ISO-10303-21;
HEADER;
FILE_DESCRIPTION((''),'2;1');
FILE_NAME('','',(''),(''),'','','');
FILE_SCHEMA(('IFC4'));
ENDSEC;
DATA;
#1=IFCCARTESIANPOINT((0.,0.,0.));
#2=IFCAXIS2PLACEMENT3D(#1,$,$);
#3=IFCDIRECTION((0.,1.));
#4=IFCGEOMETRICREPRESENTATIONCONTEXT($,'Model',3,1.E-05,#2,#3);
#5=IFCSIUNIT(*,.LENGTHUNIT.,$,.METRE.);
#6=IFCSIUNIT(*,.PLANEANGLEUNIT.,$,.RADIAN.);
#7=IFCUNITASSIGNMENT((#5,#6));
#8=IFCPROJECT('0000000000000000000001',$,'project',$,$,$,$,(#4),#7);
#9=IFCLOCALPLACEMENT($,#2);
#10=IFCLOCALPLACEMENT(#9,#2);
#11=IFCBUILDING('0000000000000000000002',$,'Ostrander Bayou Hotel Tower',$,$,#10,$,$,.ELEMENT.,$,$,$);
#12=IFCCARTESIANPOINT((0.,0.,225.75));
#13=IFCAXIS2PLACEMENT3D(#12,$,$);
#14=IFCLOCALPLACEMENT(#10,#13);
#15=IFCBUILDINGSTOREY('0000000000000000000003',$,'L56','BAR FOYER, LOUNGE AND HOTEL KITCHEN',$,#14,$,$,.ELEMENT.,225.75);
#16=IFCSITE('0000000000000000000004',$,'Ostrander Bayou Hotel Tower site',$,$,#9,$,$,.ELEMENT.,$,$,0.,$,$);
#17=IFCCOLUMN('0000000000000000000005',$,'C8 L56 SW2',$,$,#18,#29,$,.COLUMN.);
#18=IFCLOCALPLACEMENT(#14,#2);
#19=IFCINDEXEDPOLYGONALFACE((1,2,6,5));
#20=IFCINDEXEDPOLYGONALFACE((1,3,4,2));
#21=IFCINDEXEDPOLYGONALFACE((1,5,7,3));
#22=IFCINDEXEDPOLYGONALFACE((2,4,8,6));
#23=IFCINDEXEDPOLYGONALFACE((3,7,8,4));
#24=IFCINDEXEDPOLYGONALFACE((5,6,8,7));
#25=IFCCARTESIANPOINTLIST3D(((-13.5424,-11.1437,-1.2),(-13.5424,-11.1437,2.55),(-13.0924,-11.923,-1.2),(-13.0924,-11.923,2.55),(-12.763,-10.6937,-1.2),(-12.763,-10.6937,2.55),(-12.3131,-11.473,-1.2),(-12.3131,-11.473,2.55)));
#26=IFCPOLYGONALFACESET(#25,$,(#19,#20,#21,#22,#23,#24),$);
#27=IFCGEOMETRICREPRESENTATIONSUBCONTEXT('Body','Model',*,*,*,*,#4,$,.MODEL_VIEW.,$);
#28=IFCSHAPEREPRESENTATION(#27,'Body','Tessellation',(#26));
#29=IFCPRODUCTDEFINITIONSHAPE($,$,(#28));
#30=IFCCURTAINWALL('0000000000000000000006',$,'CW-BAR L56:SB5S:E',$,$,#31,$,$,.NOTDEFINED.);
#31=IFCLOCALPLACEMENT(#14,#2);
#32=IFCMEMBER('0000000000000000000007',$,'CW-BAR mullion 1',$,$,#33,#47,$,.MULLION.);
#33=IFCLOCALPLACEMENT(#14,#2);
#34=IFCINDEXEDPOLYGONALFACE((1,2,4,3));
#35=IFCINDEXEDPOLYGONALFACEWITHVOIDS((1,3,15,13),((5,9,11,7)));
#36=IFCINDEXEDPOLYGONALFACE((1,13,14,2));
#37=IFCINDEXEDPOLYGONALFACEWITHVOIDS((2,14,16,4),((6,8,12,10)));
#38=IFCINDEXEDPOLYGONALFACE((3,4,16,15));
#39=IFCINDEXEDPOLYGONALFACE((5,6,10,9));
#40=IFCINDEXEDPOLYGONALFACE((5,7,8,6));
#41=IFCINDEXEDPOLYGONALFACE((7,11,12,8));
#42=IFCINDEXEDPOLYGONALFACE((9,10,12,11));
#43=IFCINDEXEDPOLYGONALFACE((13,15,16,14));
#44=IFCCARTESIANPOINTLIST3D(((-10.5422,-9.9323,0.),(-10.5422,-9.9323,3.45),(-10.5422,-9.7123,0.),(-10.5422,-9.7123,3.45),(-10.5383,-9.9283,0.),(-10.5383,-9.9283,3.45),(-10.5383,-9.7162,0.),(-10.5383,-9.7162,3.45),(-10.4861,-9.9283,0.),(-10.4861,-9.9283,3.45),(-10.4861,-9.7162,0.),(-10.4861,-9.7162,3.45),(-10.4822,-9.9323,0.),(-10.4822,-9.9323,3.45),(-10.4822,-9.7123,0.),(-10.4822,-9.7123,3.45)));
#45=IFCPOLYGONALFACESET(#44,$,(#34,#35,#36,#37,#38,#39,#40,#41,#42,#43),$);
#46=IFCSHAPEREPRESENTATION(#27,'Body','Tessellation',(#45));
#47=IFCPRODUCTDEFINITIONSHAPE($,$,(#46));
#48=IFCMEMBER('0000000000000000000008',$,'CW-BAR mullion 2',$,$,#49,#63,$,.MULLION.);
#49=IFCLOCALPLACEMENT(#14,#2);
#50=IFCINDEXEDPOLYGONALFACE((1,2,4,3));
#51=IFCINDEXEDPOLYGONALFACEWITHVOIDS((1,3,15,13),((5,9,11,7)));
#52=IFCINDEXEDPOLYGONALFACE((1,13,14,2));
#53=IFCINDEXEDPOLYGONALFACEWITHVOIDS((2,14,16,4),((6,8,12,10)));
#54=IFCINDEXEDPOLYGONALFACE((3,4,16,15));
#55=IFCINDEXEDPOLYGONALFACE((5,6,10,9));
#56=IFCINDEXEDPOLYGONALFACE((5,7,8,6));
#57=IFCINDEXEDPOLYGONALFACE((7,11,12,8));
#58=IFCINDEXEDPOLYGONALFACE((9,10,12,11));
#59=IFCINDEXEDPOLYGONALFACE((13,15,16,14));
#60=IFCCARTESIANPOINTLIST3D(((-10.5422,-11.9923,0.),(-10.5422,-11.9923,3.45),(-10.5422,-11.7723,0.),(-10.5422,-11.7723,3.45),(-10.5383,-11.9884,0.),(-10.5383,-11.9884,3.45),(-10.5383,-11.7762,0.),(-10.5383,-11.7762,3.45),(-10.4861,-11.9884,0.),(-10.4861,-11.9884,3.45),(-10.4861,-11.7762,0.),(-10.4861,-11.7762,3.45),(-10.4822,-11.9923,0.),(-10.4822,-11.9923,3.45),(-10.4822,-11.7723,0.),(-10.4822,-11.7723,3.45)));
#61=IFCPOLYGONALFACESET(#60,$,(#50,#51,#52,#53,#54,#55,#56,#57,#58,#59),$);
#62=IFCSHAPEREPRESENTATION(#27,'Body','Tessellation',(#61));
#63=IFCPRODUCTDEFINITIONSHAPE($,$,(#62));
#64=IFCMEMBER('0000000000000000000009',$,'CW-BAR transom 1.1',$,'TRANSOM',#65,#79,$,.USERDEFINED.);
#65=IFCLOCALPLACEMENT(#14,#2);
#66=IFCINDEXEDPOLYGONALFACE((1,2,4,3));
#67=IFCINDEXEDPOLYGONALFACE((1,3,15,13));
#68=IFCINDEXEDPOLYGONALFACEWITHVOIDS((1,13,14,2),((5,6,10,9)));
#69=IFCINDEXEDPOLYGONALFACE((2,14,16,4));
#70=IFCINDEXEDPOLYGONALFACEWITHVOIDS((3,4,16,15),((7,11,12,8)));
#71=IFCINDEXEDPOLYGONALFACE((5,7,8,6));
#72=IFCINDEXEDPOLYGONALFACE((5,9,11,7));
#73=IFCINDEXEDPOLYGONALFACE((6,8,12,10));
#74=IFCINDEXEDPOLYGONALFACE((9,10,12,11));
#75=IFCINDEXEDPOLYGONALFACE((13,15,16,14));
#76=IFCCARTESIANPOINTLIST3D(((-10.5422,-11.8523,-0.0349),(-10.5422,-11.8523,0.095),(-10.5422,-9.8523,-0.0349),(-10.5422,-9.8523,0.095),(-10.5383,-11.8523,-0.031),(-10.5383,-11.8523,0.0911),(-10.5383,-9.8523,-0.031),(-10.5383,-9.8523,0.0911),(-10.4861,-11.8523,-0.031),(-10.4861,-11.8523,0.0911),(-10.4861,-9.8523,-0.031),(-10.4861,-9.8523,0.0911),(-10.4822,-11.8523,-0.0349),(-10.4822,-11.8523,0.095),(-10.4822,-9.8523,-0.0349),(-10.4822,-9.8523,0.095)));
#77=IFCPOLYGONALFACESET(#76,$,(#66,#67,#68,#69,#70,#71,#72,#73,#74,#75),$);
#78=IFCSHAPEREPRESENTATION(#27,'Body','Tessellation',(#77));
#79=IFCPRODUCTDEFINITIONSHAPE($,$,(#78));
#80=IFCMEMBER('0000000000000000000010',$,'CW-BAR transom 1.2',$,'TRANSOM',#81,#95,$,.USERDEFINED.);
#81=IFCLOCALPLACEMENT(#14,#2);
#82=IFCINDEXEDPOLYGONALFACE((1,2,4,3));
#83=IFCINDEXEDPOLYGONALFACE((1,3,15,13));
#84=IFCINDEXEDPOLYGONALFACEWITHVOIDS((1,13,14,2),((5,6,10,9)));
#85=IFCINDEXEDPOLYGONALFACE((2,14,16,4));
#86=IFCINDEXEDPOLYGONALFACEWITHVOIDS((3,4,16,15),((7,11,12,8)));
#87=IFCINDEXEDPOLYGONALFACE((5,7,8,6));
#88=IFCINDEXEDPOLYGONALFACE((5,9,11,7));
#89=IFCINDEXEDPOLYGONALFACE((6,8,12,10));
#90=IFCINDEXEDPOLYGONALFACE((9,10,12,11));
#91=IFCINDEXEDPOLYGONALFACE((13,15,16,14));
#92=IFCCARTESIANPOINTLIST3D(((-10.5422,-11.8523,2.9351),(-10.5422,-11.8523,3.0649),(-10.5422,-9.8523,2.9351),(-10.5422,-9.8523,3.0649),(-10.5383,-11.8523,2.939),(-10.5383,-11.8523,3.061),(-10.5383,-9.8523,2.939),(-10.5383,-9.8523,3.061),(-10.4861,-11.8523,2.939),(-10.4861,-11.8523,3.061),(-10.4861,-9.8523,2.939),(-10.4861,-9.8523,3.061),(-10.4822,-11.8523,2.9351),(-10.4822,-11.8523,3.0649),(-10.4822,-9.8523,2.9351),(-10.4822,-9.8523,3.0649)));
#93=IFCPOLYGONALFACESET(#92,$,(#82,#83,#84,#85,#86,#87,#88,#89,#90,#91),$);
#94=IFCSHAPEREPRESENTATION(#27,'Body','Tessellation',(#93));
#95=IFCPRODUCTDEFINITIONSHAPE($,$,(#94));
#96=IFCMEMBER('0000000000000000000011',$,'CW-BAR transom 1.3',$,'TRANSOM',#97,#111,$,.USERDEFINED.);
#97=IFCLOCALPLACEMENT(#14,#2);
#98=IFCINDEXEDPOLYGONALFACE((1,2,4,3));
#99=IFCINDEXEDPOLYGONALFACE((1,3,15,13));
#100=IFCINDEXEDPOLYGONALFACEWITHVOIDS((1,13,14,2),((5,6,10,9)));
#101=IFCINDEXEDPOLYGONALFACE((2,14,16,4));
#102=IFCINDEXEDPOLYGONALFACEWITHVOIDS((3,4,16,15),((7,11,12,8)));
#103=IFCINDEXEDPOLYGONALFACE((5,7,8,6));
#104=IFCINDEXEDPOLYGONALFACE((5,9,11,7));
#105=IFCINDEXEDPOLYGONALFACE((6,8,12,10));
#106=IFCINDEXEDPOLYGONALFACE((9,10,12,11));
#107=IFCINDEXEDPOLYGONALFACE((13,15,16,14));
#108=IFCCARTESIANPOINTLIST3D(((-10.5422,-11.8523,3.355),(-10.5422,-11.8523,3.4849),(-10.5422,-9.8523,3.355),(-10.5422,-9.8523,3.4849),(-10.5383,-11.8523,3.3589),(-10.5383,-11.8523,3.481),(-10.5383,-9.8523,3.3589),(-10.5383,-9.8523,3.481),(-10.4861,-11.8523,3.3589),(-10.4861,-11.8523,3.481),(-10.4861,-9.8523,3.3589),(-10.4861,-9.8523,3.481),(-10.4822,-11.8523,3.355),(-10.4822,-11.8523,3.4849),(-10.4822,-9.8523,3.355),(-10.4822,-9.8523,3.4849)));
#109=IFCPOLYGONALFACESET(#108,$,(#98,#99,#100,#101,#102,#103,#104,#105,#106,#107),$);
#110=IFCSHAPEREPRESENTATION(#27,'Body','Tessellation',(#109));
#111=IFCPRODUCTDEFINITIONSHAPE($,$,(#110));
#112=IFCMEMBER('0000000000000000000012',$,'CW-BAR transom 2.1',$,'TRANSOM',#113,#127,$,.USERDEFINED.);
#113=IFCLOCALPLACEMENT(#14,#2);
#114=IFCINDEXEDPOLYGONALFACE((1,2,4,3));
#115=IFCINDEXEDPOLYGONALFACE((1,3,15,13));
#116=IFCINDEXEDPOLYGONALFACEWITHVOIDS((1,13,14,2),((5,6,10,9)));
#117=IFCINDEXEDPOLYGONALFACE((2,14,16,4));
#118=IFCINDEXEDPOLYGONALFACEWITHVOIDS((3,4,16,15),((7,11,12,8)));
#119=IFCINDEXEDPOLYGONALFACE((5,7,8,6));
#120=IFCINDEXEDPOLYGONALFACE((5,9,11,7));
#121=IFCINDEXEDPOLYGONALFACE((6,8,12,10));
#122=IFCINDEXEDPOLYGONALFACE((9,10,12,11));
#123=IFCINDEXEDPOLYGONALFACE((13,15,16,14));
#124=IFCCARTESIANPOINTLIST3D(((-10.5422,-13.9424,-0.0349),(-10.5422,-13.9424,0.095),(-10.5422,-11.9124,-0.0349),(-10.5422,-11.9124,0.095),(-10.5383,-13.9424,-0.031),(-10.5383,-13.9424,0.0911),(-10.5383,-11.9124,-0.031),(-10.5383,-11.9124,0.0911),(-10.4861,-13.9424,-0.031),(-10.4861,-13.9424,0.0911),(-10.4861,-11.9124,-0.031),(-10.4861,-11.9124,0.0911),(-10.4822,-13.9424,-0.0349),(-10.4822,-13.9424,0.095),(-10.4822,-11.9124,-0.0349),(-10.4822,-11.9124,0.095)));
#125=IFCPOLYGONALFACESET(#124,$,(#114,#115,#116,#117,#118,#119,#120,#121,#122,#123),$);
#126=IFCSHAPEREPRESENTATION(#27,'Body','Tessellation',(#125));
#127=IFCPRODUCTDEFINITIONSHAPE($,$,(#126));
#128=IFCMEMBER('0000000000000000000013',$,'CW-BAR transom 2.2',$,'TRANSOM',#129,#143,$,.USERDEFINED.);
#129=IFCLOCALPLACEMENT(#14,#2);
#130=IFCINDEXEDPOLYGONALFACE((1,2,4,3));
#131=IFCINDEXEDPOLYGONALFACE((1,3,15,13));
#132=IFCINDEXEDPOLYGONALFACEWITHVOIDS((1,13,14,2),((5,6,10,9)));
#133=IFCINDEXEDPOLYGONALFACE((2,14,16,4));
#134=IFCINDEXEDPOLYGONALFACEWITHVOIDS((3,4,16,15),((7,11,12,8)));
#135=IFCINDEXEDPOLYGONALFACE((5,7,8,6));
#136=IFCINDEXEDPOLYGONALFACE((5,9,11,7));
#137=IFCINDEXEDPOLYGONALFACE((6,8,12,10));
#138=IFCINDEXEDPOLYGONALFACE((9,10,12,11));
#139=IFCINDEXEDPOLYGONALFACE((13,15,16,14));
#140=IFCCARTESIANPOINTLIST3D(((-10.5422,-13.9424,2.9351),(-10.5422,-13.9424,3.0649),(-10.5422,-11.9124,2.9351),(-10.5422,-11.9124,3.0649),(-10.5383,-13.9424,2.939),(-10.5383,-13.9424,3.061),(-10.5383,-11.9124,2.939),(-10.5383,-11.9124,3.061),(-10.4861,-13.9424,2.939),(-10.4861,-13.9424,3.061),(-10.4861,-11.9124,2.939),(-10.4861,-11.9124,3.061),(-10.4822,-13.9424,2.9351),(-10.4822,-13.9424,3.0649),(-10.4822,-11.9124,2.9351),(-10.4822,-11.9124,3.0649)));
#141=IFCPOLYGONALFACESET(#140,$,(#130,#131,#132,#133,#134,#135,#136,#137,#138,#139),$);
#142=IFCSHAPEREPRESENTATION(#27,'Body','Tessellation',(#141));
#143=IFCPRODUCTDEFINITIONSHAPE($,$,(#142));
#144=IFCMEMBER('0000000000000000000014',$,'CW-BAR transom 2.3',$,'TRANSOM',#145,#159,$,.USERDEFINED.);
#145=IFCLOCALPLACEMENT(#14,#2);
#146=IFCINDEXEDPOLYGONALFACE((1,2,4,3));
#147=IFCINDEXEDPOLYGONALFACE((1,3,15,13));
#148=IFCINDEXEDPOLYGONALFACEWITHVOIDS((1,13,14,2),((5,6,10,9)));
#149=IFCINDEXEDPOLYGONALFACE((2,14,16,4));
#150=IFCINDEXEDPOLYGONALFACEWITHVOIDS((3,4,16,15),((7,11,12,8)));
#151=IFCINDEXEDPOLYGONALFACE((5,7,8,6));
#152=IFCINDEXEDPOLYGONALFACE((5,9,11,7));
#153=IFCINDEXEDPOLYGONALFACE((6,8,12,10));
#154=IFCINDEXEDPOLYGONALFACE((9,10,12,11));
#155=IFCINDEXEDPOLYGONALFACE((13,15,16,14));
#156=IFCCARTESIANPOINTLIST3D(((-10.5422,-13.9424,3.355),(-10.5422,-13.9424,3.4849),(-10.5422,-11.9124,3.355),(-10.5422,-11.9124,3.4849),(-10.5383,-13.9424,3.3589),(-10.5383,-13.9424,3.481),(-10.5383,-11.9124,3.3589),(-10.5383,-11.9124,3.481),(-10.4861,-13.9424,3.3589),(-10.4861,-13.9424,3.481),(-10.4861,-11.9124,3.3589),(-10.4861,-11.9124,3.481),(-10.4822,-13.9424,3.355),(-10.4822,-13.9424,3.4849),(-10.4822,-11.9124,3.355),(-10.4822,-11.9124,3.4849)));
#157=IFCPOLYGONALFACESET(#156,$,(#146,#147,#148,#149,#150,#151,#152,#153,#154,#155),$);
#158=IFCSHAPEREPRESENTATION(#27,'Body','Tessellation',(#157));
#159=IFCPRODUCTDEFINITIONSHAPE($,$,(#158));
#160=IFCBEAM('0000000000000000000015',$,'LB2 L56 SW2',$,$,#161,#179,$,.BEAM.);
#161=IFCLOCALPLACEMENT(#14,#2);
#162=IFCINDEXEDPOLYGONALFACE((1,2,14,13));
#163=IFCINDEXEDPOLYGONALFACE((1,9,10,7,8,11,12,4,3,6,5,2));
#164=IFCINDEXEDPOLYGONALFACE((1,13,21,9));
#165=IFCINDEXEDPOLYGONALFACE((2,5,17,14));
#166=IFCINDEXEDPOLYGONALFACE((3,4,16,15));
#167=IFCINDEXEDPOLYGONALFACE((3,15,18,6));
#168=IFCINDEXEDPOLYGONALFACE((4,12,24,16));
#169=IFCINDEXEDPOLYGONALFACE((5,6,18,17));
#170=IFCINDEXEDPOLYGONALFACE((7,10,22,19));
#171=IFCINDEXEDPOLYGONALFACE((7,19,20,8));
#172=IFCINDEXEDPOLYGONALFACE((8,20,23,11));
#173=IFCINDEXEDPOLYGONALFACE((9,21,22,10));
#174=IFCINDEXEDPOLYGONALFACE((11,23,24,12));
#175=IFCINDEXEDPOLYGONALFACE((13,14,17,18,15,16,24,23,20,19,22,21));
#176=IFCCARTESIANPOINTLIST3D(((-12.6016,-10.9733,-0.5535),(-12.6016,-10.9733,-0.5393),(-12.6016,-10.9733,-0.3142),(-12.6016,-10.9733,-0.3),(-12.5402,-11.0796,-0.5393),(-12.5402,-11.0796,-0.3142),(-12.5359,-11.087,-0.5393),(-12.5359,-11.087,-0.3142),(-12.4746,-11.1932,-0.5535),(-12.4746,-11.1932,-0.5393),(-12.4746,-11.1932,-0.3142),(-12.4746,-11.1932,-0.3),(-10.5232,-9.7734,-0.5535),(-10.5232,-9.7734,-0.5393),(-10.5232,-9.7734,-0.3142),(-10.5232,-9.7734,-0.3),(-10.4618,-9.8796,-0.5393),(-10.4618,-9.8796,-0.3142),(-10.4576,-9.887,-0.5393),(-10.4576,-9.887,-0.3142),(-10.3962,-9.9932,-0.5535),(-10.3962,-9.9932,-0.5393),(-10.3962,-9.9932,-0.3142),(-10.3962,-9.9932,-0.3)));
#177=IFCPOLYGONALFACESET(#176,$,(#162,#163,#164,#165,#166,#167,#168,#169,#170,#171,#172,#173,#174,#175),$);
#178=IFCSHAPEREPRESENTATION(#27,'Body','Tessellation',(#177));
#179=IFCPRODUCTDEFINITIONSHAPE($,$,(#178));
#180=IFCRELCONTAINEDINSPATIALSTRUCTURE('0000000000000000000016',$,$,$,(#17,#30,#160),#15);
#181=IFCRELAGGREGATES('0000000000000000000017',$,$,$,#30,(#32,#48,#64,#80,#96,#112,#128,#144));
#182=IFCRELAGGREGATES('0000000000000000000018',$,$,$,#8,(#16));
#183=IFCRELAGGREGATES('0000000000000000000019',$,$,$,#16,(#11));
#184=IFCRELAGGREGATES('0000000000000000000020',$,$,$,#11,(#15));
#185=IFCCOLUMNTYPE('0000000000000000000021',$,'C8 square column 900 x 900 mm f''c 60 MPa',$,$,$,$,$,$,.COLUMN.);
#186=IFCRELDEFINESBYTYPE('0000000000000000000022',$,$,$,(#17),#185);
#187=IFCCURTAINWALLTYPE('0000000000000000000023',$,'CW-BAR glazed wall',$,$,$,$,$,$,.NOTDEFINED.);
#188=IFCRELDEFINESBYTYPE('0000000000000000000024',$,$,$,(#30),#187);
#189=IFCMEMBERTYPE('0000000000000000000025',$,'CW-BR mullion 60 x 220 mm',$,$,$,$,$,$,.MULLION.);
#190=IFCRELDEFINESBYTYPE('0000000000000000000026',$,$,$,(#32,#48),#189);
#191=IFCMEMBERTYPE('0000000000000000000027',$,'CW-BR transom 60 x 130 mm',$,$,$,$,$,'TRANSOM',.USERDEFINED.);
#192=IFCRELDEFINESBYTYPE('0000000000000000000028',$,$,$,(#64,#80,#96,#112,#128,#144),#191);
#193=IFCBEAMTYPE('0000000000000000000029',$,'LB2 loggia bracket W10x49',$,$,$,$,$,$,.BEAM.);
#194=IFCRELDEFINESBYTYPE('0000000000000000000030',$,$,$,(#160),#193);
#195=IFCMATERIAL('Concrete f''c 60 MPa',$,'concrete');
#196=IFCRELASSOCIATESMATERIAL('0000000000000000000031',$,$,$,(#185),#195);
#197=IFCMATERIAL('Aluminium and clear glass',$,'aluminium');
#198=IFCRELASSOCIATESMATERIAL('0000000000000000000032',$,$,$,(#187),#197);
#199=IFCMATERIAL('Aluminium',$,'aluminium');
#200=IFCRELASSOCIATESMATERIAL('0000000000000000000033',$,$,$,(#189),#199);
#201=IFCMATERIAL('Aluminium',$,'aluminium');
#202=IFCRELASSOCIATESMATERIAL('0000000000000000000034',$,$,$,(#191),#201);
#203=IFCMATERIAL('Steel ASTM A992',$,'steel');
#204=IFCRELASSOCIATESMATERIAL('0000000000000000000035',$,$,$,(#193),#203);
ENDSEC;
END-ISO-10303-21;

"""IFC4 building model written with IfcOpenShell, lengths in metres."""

from ifc_helpers import new_model, si_unit, direction, frame, origin, origin_2d, place, context, subcontext, project, spatial, rectangle, hollow_rectangle, i_section, extrude, material, material_profile, profile_set, type_object, element, aggregate, save


model = new_model("IFC4")

# Units and contexts
model_context = context("Model", 3, precision=1e-05, world=origin(), true_north=direction((0.0, 1.0)))
body_context = subcontext(model_context, "Body", "Model", "MODEL_VIEW")
ifc_project = project(units=[si_unit("LENGTHUNIT", "METRE"), si_unit("PLANEANGLEUNIT", "RADIAN")], contexts=[model_context])

# Site, building, storey
site_placement = place(None, origin())
site = spatial("IfcSite", under=ifc_project, at=site_placement, Name="Ostrander Bayou Hotel Tower site", CompositionType="ELEMENT", RefElevation=0.0)
building_placement = place(site_placement, origin())
building = spatial("IfcBuilding", under=site, at=building_placement, Name="Ostrander Bayou Hotel Tower", CompositionType="ELEMENT")
storey_placement = place(building_placement, frame((0.0, 0.0, 225.75)))
storey = spatial("IfcBuildingStorey", under=building, at=storey_placement, Name="L56", Description="BAR FOYER, LOUNGE AND HOTEL KITCHEN", CompositionType="ELEMENT", Elevation=225.75)

# Column
ifc_material_1 = material(Name="Concrete f'c 60 MPa", Category="concrete")
ifc_material_profile_1 = material_profile(ifc_material_1, rectangle(XDim=0.8999, YDim=0.8999, at=origin_2d()))
ifc_profile_set_1 = profile_set([ifc_material_profile_1], Name="Concrete f'c 60 MPa")
column_type = type_object("IfcColumnType", Name="C8 square column 900 x 900 mm f'c 60 MPa", PredefinedType="COLUMN", material=ifc_profile_set_1)
column_placement = place(storey_placement, frame((-12.9277, -11.3083, -1.2), z_axis=(0.0, 0.0, 1.0), x_axis=(-0.5, 0.866025, 0.0)))
element("IfcColumn", 1, at=column_placement, inside=storey, type_object=column_type, Name="C8 L56 SW2", PredefinedType="COLUMN", context=body_context, shape_type="SweptSolid", body=[
    extrude(rectangle(XDim=0.8999, YDim=0.8999, at=origin_2d()), origin(), (0.0, 0.0, 1.0), 3.75),
])

# Curtain wall, members
ifc_material_2 = material(Name="Aluminium and clear glass", Category="aluminium")
curtain_wall_type_1 = type_object("IfcCurtainWallType", Name="CW-BAR glazed wall", PredefinedType="NOTDEFINED", material=ifc_material_2)
curtain_wall_1_placement = place(storey_placement, origin())
curtain_wall_1 = element("IfcCurtainWall", 2, at=curtain_wall_1_placement, inside=storey, type_object=curtain_wall_type_1, Name="CW-BAR L56:SB5S:E", PredefinedType="NOTDEFINED")
ifc_material_3 = material(Name="Aluminium", Category="aluminium")
ifc_material_profile_2 = material_profile(ifc_material_3, hollow_rectangle(XDim=0.0601, YDim=0.22, WallThickness=0.0039, at=origin_2d()))
ifc_profile_set_2 = profile_set([ifc_material_profile_2], Name="Aluminium")
member_type_1 = type_object("IfcMemberType", Name="CW-BR mullion 60 x 220 mm", PredefinedType="MULLION", material=ifc_profile_set_2)
member_1_placement = place(storey_placement, frame((-10.5122, -9.8223, 0.0), z_axis=(0.0, 0.0, 1.0), x_axis=(1.0, 0.0, 0.0)))
member_1 = element("IfcMember", 3, at=member_1_placement, type_object=member_type_1, Name="CW-BAR mullion 1", PredefinedType="MULLION", context=body_context, shape_type="SweptSolid", body=[
    extrude(hollow_rectangle(XDim=0.0601, YDim=0.22, WallThickness=0.0039, at=origin_2d()), origin(), (0.0, 0.0, 1.0), 3.45),
])
member_2_placement = place(storey_placement, frame((-10.5122, -11.8823, 0.0), z_axis=(0.0, 0.0, 1.0), x_axis=(1.0, 0.0, 0.0)))
member_2 = element("IfcMember", 4, at=member_2_placement, type_object=member_type_1, Name="CW-BAR mullion 2", PredefinedType="MULLION", context=body_context, shape_type="SweptSolid", body=[
    extrude(hollow_rectangle(XDim=0.0601, YDim=0.22, WallThickness=0.0039, at=origin_2d()), origin(), (0.0, 0.0, 1.0), 3.45),
])
ifc_material_4 = material(Name="Aluminium", Category="aluminium")
ifc_material_profile_3 = material_profile(ifc_material_4, hollow_rectangle(XDim=0.0601, YDim=0.1299, WallThickness=0.0039, at=origin_2d()))
ifc_profile_set_3 = profile_set([ifc_material_profile_3], Name="Aluminium")
member_type_2 = type_object("IfcMemberType", Name="CW-BR transom 60 x 130 mm", ElementType="TRANSOM", PredefinedType="USERDEFINED", material=ifc_profile_set_3)
member_3_placement = place(storey_placement, frame((-10.5122, -9.8523, 0.03), z_axis=(0.0, -1.0, 0.0), x_axis=(1.0, 0.0, 0.0)))
member_3 = element("IfcMember", 5, at=member_3_placement, type_object=member_type_2, Name="CW-BAR transom 1.1", ObjectType="TRANSOM", PredefinedType="USERDEFINED", context=body_context, shape_type="SweptSolid", body=[
    extrude(hollow_rectangle(XDim=0.0601, YDim=0.1299, WallThickness=0.0039, at=origin_2d()), origin(), (0.0, 0.0, 1.0), 2.0),
])
member_4_placement = place(storey_placement, frame((-10.5122, -9.8523, 3.0), z_axis=(0.0, -1.0, 0.0), x_axis=(1.0, 0.0, 0.0)))
member_4 = element("IfcMember", 6, at=member_4_placement, type_object=member_type_2, Name="CW-BAR transom 1.2", ObjectType="TRANSOM", PredefinedType="USERDEFINED", context=body_context, shape_type="SweptSolid", body=[
    extrude(hollow_rectangle(XDim=0.0601, YDim=0.1299, WallThickness=0.0039, at=origin_2d()), origin(), (0.0, 0.0, 1.0), 2.0),
])
member_5_placement = place(storey_placement, frame((-10.5122, -9.8523, 3.4199), z_axis=(0.0, -1.0, 0.0), x_axis=(1.0, 0.0, 0.0)))
member_5 = element("IfcMember", 7, at=member_5_placement, type_object=member_type_2, Name="CW-BAR transom 1.3", ObjectType="TRANSOM", PredefinedType="USERDEFINED", context=body_context, shape_type="SweptSolid", body=[
    extrude(hollow_rectangle(XDim=0.0601, YDim=0.1299, WallThickness=0.0039, at=origin_2d()), origin(), (0.0, 0.0, 1.0), 2.0),
])
member_6_placement = place(storey_placement, frame((-10.5122, -11.9124, 0.03), z_axis=(0.0, -1.0, 0.0), x_axis=(1.0, 0.0, 0.0)))
member_6 = element("IfcMember", 8, at=member_6_placement, type_object=member_type_2, Name="CW-BAR transom 2.1", ObjectType="TRANSOM", PredefinedType="USERDEFINED", context=body_context, shape_type="SweptSolid", body=[
    extrude(hollow_rectangle(XDim=0.0601, YDim=0.1299, WallThickness=0.0039, at=origin_2d()), origin(), (0.0, 0.0, 1.0), 2.03),
])
member_7_placement = place(storey_placement, frame((-10.5122, -11.9124, 3.0), z_axis=(0.0, -1.0, 0.0), x_axis=(1.0, 0.0, 0.0)))
member_7 = element("IfcMember", 9, at=member_7_placement, type_object=member_type_2, Name="CW-BAR transom 2.2", ObjectType="TRANSOM", PredefinedType="USERDEFINED", context=body_context, shape_type="SweptSolid", body=[
    extrude(hollow_rectangle(XDim=0.0601, YDim=0.1299, WallThickness=0.0039, at=origin_2d()), origin(), (0.0, 0.0, 1.0), 2.03),
])
member_8_placement = place(storey_placement, frame((-10.5122, -11.9124, 3.4199), z_axis=(0.0, -1.0, 0.0), x_axis=(1.0, 0.0, 0.0)))
member_8 = element("IfcMember", 10, at=member_8_placement, type_object=member_type_2, Name="CW-BAR transom 2.3", ObjectType="TRANSOM", PredefinedType="USERDEFINED", context=body_context, shape_type="SweptSolid", body=[
    extrude(hollow_rectangle(XDim=0.0601, YDim=0.1299, WallThickness=0.0039, at=origin_2d()), origin(), (0.0, 0.0, 1.0), 2.03),
])

# Beam
ifc_material_5 = material(Name="Steel ASTM A992", Category="steel")
ifc_material_profile_4 = material_profile(ifc_material_5, i_section(OverallWidth=0.2539, OverallDepth=0.2534, WebThickness=0.0085, FlangeThickness=0.0142, at=origin_2d()))
ifc_profile_set_4 = profile_set([ifc_material_profile_4], Name="Steel ASTM A992")
beam_type_1 = type_object("IfcBeamType", Name="LB2 loggia bracket W10x49", PredefinedType="BEAM", material=ifc_profile_set_4)
beam_1_placement = place(storey_placement, frame((-12.5381, -11.0833, -0.4268), z_axis=(0.866025, 0.500001, 0.0), x_axis=(-0.500001, 0.866025, 0.0)))
element("IfcBeam", 11, at=beam_1_placement, inside=storey, type_object=beam_type_1, Name="LB2 L56 SW2", PredefinedType="BEAM", context=body_context, shape_type="SweptSolid", body=[
    extrude(i_section(OverallWidth=0.2539, OverallDepth=0.2534, WebThickness=0.0085, FlangeThickness=0.0142, at=origin_2d()), origin(), (0.0, 0.0, 1.0), 2.3999),
])

aggregate(curtain_wall_1, [member_1, member_2, member_3, member_4, member_5, member_6, member_7, member_8])

save(model, "model.ifc")
